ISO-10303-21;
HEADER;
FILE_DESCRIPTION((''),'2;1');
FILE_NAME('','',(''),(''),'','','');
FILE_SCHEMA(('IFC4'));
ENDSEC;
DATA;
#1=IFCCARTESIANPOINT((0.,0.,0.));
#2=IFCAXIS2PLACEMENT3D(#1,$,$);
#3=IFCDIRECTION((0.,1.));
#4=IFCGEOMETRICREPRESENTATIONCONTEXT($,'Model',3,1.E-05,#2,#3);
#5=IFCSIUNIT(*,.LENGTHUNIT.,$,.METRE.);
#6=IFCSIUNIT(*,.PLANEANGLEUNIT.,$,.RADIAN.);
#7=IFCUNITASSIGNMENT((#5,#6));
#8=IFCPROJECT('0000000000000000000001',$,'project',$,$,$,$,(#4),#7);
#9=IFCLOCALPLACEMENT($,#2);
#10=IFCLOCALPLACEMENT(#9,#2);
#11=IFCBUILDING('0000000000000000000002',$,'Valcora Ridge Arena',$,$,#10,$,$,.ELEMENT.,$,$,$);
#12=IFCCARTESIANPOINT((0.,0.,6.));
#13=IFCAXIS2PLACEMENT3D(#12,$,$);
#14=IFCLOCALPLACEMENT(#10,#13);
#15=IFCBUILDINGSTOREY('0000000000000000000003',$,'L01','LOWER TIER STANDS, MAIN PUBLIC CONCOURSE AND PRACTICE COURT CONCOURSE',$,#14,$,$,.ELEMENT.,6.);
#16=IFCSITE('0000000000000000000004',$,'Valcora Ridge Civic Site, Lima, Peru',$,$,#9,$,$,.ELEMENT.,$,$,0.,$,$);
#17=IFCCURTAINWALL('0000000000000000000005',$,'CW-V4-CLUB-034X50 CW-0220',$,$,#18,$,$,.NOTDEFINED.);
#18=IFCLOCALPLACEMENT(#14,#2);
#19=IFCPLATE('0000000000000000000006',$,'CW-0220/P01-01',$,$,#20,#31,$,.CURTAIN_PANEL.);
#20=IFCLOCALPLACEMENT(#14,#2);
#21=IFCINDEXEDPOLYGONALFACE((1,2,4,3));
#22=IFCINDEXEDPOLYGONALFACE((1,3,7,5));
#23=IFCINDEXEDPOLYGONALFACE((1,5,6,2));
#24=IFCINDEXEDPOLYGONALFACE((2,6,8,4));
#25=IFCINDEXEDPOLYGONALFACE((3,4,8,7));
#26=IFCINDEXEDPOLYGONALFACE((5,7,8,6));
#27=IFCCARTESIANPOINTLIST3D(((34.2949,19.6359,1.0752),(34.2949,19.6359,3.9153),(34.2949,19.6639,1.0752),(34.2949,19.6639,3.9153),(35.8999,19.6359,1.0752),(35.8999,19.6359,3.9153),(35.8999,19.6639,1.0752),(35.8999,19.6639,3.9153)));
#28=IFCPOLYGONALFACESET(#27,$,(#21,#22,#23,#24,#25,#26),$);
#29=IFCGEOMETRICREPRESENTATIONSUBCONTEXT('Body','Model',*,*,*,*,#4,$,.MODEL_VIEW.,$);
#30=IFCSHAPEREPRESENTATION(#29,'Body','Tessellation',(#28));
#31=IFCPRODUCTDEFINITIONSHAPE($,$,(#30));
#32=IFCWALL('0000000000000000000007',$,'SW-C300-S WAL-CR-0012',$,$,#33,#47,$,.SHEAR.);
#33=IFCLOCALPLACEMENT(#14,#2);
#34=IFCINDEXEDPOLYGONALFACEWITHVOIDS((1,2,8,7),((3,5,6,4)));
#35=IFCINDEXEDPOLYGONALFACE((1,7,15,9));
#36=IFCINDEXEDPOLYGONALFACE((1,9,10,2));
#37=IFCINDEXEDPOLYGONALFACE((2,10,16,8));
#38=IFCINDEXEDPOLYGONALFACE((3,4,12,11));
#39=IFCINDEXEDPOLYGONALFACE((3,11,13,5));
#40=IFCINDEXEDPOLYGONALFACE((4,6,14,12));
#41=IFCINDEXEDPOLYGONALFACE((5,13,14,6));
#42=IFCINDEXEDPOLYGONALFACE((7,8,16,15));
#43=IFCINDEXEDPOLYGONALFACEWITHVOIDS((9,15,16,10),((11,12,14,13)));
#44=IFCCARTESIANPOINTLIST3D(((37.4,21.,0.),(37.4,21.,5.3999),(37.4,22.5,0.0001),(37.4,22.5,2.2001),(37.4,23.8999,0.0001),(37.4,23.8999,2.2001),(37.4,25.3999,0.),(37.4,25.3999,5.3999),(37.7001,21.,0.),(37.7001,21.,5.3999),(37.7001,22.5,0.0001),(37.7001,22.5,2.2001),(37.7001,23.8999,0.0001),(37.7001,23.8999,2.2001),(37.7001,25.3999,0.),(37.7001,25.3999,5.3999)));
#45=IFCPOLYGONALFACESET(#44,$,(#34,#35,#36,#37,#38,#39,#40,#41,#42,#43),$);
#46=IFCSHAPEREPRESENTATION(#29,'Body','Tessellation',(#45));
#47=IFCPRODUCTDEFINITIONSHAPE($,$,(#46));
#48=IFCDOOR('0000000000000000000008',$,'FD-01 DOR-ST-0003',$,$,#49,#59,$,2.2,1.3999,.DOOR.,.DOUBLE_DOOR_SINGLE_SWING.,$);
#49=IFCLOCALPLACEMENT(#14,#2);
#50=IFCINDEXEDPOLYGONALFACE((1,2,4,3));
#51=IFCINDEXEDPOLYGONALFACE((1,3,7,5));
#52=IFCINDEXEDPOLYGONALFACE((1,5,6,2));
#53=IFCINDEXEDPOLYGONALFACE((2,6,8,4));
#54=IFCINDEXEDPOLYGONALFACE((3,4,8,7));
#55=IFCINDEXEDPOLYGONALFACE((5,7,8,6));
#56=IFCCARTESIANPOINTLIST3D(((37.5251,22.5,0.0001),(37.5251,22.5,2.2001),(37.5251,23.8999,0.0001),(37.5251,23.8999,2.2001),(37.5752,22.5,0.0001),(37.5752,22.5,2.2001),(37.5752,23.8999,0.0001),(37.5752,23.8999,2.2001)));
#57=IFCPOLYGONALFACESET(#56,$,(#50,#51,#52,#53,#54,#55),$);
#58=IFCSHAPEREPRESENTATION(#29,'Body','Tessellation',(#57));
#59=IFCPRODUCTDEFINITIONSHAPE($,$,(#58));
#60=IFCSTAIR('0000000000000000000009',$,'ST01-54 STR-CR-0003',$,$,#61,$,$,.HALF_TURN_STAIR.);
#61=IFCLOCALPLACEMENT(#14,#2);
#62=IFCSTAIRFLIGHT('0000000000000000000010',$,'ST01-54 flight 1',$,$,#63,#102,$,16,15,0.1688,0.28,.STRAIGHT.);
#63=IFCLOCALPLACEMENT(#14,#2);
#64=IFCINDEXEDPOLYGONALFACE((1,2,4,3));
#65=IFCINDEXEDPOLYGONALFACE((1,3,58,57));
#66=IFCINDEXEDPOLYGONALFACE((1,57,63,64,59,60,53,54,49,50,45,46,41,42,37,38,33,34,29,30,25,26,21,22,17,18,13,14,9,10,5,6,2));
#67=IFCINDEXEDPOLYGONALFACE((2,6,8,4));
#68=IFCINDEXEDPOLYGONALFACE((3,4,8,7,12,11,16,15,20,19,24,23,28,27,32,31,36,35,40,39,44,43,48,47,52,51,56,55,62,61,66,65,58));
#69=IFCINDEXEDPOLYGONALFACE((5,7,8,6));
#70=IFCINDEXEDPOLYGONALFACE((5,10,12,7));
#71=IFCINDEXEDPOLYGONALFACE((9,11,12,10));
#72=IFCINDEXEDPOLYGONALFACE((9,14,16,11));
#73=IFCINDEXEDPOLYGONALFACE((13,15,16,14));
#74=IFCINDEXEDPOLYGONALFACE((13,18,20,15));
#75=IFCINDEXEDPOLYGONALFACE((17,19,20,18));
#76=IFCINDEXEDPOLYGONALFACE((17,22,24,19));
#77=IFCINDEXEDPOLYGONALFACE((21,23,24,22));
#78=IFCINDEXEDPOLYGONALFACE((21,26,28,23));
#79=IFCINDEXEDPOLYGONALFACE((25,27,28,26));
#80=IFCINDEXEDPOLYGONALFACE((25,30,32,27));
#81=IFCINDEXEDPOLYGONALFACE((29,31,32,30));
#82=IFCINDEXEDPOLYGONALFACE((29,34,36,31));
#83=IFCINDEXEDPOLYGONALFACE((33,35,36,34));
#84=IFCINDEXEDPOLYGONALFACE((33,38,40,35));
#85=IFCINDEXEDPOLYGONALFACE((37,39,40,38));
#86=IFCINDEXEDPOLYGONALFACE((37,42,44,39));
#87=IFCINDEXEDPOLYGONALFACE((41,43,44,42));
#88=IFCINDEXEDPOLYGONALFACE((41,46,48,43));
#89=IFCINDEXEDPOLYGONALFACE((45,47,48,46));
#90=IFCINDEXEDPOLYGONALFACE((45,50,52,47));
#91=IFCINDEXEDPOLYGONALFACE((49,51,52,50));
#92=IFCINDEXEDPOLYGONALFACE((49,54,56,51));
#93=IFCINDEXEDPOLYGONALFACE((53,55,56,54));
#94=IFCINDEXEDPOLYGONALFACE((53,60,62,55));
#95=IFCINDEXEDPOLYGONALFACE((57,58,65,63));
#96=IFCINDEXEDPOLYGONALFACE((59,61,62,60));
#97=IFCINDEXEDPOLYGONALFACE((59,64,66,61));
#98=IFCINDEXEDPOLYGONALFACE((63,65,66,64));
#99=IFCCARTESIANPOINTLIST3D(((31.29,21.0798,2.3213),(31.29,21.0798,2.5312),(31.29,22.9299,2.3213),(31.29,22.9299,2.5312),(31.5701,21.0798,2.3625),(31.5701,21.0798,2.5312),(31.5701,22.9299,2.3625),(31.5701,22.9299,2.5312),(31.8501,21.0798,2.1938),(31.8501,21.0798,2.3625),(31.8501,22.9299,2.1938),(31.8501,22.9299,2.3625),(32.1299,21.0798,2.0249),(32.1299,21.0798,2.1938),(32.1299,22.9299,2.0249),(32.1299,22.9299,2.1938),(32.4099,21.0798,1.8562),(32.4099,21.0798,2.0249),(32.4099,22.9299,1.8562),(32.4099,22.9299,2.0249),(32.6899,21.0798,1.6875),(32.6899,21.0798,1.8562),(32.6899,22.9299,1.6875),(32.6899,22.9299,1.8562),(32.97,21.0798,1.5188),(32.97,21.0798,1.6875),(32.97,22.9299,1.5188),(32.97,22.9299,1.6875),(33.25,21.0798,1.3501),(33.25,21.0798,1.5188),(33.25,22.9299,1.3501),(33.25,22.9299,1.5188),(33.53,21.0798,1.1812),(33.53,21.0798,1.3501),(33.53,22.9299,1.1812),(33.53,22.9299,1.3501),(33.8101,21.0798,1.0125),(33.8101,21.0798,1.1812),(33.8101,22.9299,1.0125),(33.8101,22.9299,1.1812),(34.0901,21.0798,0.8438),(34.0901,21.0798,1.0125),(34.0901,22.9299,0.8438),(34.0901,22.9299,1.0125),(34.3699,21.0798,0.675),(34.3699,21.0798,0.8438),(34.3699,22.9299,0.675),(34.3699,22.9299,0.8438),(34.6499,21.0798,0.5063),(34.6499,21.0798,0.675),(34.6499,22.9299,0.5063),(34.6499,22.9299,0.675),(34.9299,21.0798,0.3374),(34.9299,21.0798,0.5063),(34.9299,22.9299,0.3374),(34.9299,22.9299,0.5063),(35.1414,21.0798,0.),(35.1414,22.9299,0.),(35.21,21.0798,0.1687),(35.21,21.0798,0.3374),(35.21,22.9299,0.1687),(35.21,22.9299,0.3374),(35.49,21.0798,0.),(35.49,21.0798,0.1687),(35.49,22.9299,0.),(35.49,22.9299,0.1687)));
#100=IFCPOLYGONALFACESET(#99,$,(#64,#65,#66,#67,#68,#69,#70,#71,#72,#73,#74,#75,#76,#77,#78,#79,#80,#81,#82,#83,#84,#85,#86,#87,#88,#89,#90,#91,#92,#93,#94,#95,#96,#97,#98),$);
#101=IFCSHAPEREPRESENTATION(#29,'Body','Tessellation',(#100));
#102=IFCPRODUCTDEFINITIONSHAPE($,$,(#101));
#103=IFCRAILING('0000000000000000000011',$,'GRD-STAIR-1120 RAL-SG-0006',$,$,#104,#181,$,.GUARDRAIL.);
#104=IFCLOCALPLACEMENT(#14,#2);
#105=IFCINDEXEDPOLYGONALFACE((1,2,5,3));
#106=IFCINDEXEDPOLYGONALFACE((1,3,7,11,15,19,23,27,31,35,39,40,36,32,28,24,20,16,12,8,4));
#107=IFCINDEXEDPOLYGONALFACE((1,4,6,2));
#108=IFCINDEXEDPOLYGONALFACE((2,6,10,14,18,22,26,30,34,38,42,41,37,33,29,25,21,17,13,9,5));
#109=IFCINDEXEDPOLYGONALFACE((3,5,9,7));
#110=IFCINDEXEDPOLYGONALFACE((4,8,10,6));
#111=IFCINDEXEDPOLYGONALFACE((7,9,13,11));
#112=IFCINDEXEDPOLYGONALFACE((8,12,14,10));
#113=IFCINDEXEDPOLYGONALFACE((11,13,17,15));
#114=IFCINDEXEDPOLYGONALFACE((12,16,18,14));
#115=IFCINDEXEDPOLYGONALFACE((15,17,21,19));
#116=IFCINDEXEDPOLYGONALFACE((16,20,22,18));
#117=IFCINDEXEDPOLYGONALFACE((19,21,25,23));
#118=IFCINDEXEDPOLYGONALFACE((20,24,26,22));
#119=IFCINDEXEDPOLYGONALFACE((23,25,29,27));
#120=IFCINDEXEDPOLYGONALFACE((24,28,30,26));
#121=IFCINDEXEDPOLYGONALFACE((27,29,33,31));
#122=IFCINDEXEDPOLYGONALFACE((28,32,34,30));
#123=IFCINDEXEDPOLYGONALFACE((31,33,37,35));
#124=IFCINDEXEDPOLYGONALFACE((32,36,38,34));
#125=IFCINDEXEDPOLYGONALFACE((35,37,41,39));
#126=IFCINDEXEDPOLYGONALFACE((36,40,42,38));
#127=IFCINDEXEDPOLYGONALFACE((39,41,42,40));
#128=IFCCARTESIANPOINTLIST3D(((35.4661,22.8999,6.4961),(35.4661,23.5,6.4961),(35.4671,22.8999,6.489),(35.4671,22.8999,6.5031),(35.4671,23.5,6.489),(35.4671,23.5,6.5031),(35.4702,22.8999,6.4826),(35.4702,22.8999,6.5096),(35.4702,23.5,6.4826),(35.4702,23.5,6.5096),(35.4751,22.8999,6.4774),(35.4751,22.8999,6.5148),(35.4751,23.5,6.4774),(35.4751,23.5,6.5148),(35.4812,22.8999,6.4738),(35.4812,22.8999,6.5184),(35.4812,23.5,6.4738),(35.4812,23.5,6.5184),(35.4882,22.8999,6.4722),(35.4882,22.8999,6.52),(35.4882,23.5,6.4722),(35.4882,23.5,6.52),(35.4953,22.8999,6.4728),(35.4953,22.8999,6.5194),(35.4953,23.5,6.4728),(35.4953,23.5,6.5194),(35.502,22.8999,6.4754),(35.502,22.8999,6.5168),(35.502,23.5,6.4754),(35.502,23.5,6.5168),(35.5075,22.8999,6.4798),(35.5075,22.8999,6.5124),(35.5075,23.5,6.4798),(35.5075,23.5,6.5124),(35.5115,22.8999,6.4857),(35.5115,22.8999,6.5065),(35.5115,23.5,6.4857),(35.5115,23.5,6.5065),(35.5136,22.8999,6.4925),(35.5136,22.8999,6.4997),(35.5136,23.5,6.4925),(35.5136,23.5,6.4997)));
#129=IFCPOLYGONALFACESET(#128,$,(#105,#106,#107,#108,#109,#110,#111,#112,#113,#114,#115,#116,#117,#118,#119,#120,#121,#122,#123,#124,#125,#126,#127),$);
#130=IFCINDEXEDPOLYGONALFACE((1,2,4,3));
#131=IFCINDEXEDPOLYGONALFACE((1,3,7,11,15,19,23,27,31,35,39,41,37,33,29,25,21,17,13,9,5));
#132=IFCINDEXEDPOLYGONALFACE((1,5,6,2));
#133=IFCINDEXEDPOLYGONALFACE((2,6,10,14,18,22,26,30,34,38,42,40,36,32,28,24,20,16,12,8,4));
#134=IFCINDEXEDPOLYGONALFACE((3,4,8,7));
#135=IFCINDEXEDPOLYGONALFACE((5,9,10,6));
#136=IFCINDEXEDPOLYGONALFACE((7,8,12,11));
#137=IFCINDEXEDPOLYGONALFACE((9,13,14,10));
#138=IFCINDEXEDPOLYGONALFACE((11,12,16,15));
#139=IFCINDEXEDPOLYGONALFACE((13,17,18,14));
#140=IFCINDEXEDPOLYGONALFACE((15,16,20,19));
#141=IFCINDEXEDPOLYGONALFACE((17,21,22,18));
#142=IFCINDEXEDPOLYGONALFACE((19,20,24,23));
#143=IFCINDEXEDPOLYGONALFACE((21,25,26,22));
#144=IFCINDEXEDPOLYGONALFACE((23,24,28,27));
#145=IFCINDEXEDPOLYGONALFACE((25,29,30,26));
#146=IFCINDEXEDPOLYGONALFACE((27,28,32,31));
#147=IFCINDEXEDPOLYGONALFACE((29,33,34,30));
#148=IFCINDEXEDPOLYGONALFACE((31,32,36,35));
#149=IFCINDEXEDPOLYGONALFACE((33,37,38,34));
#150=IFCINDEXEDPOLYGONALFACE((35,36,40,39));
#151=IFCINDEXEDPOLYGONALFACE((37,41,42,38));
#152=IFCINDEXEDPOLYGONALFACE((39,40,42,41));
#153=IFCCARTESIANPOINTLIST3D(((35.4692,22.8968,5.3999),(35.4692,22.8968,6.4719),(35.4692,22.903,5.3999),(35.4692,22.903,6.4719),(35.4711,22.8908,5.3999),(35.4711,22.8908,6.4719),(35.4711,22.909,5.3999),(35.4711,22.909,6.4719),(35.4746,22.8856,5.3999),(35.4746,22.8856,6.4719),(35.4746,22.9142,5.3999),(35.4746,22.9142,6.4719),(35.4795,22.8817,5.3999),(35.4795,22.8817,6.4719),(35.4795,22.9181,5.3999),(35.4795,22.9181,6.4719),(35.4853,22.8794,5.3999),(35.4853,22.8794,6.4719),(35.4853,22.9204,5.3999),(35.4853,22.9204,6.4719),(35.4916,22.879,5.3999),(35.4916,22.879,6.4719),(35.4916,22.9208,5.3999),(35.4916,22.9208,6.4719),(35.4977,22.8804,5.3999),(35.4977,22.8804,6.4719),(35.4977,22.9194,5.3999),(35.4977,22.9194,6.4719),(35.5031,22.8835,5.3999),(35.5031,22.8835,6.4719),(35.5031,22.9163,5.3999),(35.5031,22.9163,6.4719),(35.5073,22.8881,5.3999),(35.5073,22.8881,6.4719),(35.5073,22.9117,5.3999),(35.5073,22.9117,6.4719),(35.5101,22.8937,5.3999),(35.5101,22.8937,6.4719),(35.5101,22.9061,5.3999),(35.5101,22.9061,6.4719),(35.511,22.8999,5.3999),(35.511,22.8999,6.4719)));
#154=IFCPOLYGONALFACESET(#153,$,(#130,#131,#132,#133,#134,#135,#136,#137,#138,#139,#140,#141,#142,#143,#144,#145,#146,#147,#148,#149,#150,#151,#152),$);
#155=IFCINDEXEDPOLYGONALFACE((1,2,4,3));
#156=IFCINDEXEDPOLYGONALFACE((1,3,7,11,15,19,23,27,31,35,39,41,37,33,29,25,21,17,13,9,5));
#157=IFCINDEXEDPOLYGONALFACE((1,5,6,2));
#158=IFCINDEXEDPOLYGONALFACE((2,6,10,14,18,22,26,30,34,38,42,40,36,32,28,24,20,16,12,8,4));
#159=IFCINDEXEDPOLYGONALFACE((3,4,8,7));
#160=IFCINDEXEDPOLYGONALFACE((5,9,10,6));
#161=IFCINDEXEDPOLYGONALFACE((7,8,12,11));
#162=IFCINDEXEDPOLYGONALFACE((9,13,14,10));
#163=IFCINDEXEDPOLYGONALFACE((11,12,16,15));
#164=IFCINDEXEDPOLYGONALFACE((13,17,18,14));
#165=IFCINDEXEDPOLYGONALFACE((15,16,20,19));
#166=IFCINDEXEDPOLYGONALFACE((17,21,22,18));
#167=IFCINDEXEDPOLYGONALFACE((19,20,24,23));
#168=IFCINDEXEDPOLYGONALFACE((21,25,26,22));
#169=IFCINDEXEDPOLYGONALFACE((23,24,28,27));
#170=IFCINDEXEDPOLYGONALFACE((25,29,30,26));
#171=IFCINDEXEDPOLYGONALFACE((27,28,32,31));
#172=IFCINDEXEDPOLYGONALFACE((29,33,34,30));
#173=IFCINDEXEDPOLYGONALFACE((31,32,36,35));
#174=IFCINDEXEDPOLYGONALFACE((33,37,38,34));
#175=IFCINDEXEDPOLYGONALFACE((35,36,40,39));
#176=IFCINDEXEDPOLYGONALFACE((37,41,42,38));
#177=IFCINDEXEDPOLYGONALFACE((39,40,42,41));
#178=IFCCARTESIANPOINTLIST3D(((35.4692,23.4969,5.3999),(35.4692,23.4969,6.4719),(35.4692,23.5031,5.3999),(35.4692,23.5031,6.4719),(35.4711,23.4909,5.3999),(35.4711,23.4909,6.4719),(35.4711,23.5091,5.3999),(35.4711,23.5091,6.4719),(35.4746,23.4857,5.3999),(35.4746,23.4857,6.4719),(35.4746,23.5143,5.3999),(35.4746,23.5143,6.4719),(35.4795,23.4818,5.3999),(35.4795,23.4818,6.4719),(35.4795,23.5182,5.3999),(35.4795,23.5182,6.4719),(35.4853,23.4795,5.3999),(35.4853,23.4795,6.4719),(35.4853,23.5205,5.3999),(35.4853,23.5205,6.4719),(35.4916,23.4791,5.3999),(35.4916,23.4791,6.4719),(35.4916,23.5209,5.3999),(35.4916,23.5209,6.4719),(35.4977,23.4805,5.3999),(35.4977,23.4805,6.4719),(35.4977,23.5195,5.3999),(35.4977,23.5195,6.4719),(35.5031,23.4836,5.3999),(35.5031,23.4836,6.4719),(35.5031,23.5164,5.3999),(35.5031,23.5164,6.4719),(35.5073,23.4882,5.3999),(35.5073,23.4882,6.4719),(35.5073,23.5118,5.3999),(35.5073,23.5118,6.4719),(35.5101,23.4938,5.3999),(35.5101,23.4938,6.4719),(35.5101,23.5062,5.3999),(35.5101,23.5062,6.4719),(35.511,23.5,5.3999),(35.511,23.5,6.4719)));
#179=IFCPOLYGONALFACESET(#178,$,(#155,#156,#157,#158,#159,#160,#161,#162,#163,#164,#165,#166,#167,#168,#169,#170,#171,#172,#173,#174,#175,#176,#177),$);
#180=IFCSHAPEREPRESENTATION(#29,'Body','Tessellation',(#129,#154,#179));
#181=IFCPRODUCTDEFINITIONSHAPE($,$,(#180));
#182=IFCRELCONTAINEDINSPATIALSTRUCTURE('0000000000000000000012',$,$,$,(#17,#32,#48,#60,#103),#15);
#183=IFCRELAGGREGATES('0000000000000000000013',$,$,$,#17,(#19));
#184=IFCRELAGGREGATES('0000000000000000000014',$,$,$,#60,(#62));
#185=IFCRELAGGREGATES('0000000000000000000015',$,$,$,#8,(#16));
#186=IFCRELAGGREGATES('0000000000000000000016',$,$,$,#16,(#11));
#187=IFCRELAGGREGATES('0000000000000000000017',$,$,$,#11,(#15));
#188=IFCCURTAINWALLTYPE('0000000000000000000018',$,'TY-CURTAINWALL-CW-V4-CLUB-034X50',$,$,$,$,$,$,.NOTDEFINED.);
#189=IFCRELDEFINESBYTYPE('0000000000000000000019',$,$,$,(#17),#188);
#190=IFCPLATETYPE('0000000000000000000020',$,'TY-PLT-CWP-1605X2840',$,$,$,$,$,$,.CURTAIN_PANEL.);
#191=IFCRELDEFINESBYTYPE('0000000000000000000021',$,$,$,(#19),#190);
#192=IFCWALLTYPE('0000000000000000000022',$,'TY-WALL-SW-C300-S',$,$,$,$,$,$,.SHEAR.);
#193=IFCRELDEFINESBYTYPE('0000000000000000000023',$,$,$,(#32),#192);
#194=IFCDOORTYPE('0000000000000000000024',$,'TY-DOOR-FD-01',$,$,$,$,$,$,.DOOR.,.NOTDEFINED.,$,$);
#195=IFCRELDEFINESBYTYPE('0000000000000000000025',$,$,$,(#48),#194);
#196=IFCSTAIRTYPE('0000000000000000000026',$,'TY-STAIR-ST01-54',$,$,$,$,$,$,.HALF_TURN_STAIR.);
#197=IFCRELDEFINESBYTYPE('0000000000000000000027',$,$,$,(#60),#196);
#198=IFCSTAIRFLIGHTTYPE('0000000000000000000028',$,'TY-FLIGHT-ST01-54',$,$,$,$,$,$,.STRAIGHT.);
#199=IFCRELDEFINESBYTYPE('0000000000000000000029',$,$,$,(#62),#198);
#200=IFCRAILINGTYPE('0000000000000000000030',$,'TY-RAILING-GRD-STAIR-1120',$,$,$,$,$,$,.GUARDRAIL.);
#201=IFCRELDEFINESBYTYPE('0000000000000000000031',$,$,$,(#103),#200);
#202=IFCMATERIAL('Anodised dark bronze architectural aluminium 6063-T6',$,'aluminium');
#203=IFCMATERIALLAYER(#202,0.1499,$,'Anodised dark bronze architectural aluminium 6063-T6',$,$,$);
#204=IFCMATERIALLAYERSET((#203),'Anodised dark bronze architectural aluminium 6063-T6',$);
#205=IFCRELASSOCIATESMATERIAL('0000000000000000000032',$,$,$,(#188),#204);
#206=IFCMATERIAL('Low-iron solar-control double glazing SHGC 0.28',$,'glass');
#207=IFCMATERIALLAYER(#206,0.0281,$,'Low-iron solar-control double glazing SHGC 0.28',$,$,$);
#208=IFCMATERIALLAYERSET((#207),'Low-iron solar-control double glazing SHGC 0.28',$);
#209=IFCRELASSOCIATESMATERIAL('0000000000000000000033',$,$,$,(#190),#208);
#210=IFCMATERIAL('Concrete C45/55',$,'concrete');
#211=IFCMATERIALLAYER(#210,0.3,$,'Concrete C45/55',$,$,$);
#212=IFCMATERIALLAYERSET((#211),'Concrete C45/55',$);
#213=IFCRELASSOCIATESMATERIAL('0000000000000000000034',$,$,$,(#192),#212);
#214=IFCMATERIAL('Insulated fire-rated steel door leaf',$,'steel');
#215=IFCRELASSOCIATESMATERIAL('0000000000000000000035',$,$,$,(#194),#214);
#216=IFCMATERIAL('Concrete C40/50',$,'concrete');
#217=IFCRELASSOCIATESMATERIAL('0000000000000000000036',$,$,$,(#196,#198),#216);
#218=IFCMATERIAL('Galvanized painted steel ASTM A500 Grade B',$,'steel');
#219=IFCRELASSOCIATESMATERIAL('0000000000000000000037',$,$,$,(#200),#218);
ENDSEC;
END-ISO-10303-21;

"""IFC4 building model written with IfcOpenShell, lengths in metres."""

from ifc_helpers import new_model, si_unit, direction, frame, frame_2d, origin, origin_2d, place, context, subcontext, project, spatial, polyline, rectangle, circle, outline, extrude, material, layer, layer_set, type_object, element, fill, aggregate, save


model = new_model("IFC4")

# Units and contexts
model_context = context("Model", 3, precision=1e-05, world=origin(), true_north=direction((0.0, 1.0)))
body_context = subcontext(model_context, "Body", "Model", "MODEL_VIEW")
ifc_project = project(units=[si_unit("LENGTHUNIT", "METRE"), si_unit("PLANEANGLEUNIT", "RADIAN")], contexts=[model_context])

# Site, building, storey
site_placement = place(None, origin())
site = spatial("IfcSite", under=ifc_project, at=site_placement, Name="Valcora Ridge Civic Site, Lima, Peru", CompositionType="ELEMENT", RefElevation=0.0)
building_placement = place(site_placement, origin())
building = spatial("IfcBuilding", under=site, at=building_placement, Name="Valcora Ridge Arena", CompositionType="ELEMENT")
storey_placement = place(building_placement, frame((0.0, 0.0, 6.0)))
storey = spatial("IfcBuildingStorey", under=building, at=storey_placement, Name="L01", Description="LOWER TIER STANDS, MAIN PUBLIC CONCOURSE AND PRACTICE COURT CONCOURSE", CompositionType="ELEMENT", Elevation=6.0)

# Shared definitions
ifc_material_1 = material(Name="Concrete C40/50", Category="concrete")

# Shared definitions
ifc_material_2 = material(Name="Concrete C45/55", Category="concrete")

# Curtain wall, plate
ifc_material_3 = material(Name="Anodised dark bronze architectural aluminium 6063-T6", Category="aluminium")
ifc_layer_1 = layer(ifc_material_3, 0.1499, Name="Anodised dark bronze architectural aluminium 6063-T6")
ifc_layer_set_1 = layer_set([ifc_layer_1], Name="Anodised dark bronze architectural aluminium 6063-T6")
curtain_wall_type = type_object("IfcCurtainWallType", Name="TY-CURTAINWALL-CW-V4-CLUB-034X50", PredefinedType="NOTDEFINED", material=ifc_layer_set_1)
curtain_wall_placement = place(storey_placement, origin())
curtain_wall = element("IfcCurtainWall", 1, at=curtain_wall_placement, inside=storey, type_object=curtain_wall_type, Name="CW-V4-CLUB-034X50 CW-0220", PredefinedType="NOTDEFINED")
ifc_material_4 = material(Name="Low-iron solar-control double glazing SHGC 0.28", Category="glass")
ifc_layer_2 = layer(ifc_material_4, 0.0281, Name="Low-iron solar-control double glazing SHGC 0.28")
ifc_layer_set_2 = layer_set([ifc_layer_2], Name="Low-iron solar-control double glazing SHGC 0.28")
plate_type_1 = type_object("IfcPlateType", Name="TY-PLT-CWP-1605X2840", PredefinedType="CURTAIN_PANEL", material=ifc_layer_set_2)
plate_1_placement = place(storey_placement, frame((35.0974, 19.6499, 1.0752), z_axis=(0.0, 0.0, 1.0), x_axis=(1.0, 0.0, 0.0)))
plate_1 = element("IfcPlate", 2, at=plate_1_placement, type_object=plate_type_1, Name="CW-0220/P01-01", PredefinedType="CURTAIN_PANEL", context=body_context, shape_type="SweptSolid", body=[
    extrude(rectangle(XDim=1.605, YDim=0.0281, at=origin_2d()), origin(), (0.0, 0.0, 1.0), 2.8401),
])
aggregate(curtain_wall, [plate_1])

# Wall, opening, door
ifc_layer_3 = layer(ifc_material_2, 0.3, Name="Concrete C45/55")
ifc_layer_set_3 = layer_set([ifc_layer_3], Name="Concrete C45/55")
wall_type = type_object("IfcWallType", Name="TY-WALL-SW-C300-S", PredefinedType="SHEAR", material=ifc_layer_set_3)
wall_placement = place(storey_placement, frame((37.55, 21.0, 0.0), z_axis=(0.0, 0.0, 1.0), x_axis=(0.0, 1.0, 0.0)))
wall = element("IfcWall", 3, at=wall_placement, inside=storey, type_object=wall_type, Name="SW-C300-S WAL-CR-0012", PredefinedType="SHEAR", context=body_context, shape_type="SweptSolid", body=[
    extrude(rectangle(XDim=4.3999, YDim=0.3, at=frame_2d((2.2, 0.0))), origin(), (0.0, 0.0, 1.0), 5.3999),
])
opening_placement = place(wall_placement, frame((1.5, 0.0, 0.0)))
opening = element("IfcOpeningElement", 4, at=opening_placement, cuts=wall, PredefinedType="OPENING", context=body_context, shape_type="SweptSolid", body=[
    extrude(rectangle(XDim=1.3999, YDim=2.2, at=frame_2d((0.7, 1.1001))), frame((0.0, 0.1599, 0.0), z_axis=(0.0, -1.0, 0.0), x_axis=(1.0, 0.0, 0.0)), (0.0, 0.0, 1.0), 0.3201),
])
ifc_material_5 = material(Name="Insulated fire-rated steel door leaf", Category="steel")
door_type = type_object("IfcDoorType", Name="TY-DOOR-FD-01", OperationType="NOTDEFINED", PredefinedType="DOOR", material=ifc_material_5)
door_placement = place(opening_placement, origin())
door = element("IfcDoor", 5, at=door_placement, inside=storey, type_object=door_type, Name="FD-01 DOR-ST-0003", OperationType="DOUBLE_DOOR_SINGLE_SWING", OverallHeight=2.2, OverallWidth=1.3999, PredefinedType="DOOR", context=body_context, shape_type="SweptSolid", body=[
    extrude(rectangle(XDim=1.3999, YDim=2.2, at=frame_2d((0.7, 1.1001))), frame((0.0, 0.0249, 0.0), z_axis=(0.0, -1.0, 0.0), x_axis=(1.0, 0.0, 0.0)), (0.0, 0.0, 1.0), 0.05),
])
fill(opening, door)

# Stair, stair flight
stair_type = type_object("IfcStairType", Name="TY-STAIR-ST01-54", PredefinedType="HALF_TURN_STAIR", material=ifc_material_1)
stair_placement = place(storey_placement, origin())
stair = element("IfcStair", 6, at=stair_placement, inside=storey, type_object=stair_type, Name="ST01-54 STR-CR-0003", PredefinedType="HALF_TURN_STAIR")
stair_flight_type = type_object("IfcStairFlightType", Name="TY-FLIGHT-ST01-54", PredefinedType="STRAIGHT", material=ifc_material_1)
stair_flight_placement = place(storey_placement, frame((35.49, 22.0049, 0.0), z_axis=(0.0, 0.0, 1.0), x_axis=(-1.0, 0.0, 0.0)))
stair_flight = element("IfcStairFlight", 7, at=stair_flight_placement, type_object=stair_flight_type, Name="ST01-54 flight 1", NumberOfRisers=16, NumberOfTreads=15, PredefinedType="STRAIGHT", RiserHeight=0.1688, TreadLength=0.28, context=body_context, shape_type="SweptSolid", body=[
    extrude(outline(polyline([(0.0, 0.0), (0.0, 0.1687), (0.28, 0.1687), (0.28, 0.3374), (0.5601, 0.3374), (0.5601, 0.5063), (0.8401, 0.5063), (0.8401, 0.675), (1.1201, 0.675), (1.1201, 0.8438), (1.3999, 0.8438), (1.3999, 1.0125), (1.6799, 1.0125), (1.6799, 1.1812), (1.96, 1.1812), (1.96, 1.3501), (2.24, 1.3501), (2.24, 1.5188), (2.52, 1.5188), (2.52, 1.6875), (2.8, 1.6875), (2.8, 1.8562), (3.0801, 1.8562), (3.0801, 2.0249), (3.3601, 2.0249), (3.3601, 2.1938), (3.6399, 2.1938), (3.6399, 2.3625), (3.9199, 2.3625), (3.9199, 2.5312), (4.2, 2.5312), (4.2, 2.7), (4.2, 2.3213), (0.3486, 0.0), (0.0, 0.0)])), frame((0.0, 0.925, 0.0), z_axis=(0.0, -1.0, 0.0), x_axis=(1.0, 0.0, 0.0)), (0.0, 0.0, 1.0), 1.8501),
])
aggregate(stair, [stair_flight])

# Railing
ifc_material_6 = material(Name="Galvanized painted steel ASTM A500 Grade B", Category="steel")
railing_type_1 = type_object("IfcRailingType", Name="TY-RAILING-GRD-STAIR-1120", PredefinedType="GUARDRAIL", material=ifc_material_6)
railing_1_placement = place(storey_placement, frame((35.49, 22.8999, 5.3999)))
element("IfcRailing", 8, at=railing_1_placement, inside=storey, type_object=railing_type_1, Name="GRD-STAIR-1120 RAL-SG-0006", PredefinedType="GUARDRAIL", context=body_context, shape_type="SweptSolid", body=[
    extrude(circle(Radius=0.0239, at=origin_2d()), frame((0.0, 0.0, 1.0962), z_axis=(0.0, 1.0, 0.0), x_axis=(-1.0, 0.0, 0.0)), (0.0, 0.0, 1.0), 0.6001),
    extrude(circle(Radius=0.021, at=origin_2d()), origin(), (0.0, 0.0, 1.0), 1.072),
    extrude(circle(Radius=0.021, at=origin_2d()), frame((0.0, 0.6001, 0.0)), (0.0, 0.0, 1.0), 1.072),
])

save(model, "model.ifc")
